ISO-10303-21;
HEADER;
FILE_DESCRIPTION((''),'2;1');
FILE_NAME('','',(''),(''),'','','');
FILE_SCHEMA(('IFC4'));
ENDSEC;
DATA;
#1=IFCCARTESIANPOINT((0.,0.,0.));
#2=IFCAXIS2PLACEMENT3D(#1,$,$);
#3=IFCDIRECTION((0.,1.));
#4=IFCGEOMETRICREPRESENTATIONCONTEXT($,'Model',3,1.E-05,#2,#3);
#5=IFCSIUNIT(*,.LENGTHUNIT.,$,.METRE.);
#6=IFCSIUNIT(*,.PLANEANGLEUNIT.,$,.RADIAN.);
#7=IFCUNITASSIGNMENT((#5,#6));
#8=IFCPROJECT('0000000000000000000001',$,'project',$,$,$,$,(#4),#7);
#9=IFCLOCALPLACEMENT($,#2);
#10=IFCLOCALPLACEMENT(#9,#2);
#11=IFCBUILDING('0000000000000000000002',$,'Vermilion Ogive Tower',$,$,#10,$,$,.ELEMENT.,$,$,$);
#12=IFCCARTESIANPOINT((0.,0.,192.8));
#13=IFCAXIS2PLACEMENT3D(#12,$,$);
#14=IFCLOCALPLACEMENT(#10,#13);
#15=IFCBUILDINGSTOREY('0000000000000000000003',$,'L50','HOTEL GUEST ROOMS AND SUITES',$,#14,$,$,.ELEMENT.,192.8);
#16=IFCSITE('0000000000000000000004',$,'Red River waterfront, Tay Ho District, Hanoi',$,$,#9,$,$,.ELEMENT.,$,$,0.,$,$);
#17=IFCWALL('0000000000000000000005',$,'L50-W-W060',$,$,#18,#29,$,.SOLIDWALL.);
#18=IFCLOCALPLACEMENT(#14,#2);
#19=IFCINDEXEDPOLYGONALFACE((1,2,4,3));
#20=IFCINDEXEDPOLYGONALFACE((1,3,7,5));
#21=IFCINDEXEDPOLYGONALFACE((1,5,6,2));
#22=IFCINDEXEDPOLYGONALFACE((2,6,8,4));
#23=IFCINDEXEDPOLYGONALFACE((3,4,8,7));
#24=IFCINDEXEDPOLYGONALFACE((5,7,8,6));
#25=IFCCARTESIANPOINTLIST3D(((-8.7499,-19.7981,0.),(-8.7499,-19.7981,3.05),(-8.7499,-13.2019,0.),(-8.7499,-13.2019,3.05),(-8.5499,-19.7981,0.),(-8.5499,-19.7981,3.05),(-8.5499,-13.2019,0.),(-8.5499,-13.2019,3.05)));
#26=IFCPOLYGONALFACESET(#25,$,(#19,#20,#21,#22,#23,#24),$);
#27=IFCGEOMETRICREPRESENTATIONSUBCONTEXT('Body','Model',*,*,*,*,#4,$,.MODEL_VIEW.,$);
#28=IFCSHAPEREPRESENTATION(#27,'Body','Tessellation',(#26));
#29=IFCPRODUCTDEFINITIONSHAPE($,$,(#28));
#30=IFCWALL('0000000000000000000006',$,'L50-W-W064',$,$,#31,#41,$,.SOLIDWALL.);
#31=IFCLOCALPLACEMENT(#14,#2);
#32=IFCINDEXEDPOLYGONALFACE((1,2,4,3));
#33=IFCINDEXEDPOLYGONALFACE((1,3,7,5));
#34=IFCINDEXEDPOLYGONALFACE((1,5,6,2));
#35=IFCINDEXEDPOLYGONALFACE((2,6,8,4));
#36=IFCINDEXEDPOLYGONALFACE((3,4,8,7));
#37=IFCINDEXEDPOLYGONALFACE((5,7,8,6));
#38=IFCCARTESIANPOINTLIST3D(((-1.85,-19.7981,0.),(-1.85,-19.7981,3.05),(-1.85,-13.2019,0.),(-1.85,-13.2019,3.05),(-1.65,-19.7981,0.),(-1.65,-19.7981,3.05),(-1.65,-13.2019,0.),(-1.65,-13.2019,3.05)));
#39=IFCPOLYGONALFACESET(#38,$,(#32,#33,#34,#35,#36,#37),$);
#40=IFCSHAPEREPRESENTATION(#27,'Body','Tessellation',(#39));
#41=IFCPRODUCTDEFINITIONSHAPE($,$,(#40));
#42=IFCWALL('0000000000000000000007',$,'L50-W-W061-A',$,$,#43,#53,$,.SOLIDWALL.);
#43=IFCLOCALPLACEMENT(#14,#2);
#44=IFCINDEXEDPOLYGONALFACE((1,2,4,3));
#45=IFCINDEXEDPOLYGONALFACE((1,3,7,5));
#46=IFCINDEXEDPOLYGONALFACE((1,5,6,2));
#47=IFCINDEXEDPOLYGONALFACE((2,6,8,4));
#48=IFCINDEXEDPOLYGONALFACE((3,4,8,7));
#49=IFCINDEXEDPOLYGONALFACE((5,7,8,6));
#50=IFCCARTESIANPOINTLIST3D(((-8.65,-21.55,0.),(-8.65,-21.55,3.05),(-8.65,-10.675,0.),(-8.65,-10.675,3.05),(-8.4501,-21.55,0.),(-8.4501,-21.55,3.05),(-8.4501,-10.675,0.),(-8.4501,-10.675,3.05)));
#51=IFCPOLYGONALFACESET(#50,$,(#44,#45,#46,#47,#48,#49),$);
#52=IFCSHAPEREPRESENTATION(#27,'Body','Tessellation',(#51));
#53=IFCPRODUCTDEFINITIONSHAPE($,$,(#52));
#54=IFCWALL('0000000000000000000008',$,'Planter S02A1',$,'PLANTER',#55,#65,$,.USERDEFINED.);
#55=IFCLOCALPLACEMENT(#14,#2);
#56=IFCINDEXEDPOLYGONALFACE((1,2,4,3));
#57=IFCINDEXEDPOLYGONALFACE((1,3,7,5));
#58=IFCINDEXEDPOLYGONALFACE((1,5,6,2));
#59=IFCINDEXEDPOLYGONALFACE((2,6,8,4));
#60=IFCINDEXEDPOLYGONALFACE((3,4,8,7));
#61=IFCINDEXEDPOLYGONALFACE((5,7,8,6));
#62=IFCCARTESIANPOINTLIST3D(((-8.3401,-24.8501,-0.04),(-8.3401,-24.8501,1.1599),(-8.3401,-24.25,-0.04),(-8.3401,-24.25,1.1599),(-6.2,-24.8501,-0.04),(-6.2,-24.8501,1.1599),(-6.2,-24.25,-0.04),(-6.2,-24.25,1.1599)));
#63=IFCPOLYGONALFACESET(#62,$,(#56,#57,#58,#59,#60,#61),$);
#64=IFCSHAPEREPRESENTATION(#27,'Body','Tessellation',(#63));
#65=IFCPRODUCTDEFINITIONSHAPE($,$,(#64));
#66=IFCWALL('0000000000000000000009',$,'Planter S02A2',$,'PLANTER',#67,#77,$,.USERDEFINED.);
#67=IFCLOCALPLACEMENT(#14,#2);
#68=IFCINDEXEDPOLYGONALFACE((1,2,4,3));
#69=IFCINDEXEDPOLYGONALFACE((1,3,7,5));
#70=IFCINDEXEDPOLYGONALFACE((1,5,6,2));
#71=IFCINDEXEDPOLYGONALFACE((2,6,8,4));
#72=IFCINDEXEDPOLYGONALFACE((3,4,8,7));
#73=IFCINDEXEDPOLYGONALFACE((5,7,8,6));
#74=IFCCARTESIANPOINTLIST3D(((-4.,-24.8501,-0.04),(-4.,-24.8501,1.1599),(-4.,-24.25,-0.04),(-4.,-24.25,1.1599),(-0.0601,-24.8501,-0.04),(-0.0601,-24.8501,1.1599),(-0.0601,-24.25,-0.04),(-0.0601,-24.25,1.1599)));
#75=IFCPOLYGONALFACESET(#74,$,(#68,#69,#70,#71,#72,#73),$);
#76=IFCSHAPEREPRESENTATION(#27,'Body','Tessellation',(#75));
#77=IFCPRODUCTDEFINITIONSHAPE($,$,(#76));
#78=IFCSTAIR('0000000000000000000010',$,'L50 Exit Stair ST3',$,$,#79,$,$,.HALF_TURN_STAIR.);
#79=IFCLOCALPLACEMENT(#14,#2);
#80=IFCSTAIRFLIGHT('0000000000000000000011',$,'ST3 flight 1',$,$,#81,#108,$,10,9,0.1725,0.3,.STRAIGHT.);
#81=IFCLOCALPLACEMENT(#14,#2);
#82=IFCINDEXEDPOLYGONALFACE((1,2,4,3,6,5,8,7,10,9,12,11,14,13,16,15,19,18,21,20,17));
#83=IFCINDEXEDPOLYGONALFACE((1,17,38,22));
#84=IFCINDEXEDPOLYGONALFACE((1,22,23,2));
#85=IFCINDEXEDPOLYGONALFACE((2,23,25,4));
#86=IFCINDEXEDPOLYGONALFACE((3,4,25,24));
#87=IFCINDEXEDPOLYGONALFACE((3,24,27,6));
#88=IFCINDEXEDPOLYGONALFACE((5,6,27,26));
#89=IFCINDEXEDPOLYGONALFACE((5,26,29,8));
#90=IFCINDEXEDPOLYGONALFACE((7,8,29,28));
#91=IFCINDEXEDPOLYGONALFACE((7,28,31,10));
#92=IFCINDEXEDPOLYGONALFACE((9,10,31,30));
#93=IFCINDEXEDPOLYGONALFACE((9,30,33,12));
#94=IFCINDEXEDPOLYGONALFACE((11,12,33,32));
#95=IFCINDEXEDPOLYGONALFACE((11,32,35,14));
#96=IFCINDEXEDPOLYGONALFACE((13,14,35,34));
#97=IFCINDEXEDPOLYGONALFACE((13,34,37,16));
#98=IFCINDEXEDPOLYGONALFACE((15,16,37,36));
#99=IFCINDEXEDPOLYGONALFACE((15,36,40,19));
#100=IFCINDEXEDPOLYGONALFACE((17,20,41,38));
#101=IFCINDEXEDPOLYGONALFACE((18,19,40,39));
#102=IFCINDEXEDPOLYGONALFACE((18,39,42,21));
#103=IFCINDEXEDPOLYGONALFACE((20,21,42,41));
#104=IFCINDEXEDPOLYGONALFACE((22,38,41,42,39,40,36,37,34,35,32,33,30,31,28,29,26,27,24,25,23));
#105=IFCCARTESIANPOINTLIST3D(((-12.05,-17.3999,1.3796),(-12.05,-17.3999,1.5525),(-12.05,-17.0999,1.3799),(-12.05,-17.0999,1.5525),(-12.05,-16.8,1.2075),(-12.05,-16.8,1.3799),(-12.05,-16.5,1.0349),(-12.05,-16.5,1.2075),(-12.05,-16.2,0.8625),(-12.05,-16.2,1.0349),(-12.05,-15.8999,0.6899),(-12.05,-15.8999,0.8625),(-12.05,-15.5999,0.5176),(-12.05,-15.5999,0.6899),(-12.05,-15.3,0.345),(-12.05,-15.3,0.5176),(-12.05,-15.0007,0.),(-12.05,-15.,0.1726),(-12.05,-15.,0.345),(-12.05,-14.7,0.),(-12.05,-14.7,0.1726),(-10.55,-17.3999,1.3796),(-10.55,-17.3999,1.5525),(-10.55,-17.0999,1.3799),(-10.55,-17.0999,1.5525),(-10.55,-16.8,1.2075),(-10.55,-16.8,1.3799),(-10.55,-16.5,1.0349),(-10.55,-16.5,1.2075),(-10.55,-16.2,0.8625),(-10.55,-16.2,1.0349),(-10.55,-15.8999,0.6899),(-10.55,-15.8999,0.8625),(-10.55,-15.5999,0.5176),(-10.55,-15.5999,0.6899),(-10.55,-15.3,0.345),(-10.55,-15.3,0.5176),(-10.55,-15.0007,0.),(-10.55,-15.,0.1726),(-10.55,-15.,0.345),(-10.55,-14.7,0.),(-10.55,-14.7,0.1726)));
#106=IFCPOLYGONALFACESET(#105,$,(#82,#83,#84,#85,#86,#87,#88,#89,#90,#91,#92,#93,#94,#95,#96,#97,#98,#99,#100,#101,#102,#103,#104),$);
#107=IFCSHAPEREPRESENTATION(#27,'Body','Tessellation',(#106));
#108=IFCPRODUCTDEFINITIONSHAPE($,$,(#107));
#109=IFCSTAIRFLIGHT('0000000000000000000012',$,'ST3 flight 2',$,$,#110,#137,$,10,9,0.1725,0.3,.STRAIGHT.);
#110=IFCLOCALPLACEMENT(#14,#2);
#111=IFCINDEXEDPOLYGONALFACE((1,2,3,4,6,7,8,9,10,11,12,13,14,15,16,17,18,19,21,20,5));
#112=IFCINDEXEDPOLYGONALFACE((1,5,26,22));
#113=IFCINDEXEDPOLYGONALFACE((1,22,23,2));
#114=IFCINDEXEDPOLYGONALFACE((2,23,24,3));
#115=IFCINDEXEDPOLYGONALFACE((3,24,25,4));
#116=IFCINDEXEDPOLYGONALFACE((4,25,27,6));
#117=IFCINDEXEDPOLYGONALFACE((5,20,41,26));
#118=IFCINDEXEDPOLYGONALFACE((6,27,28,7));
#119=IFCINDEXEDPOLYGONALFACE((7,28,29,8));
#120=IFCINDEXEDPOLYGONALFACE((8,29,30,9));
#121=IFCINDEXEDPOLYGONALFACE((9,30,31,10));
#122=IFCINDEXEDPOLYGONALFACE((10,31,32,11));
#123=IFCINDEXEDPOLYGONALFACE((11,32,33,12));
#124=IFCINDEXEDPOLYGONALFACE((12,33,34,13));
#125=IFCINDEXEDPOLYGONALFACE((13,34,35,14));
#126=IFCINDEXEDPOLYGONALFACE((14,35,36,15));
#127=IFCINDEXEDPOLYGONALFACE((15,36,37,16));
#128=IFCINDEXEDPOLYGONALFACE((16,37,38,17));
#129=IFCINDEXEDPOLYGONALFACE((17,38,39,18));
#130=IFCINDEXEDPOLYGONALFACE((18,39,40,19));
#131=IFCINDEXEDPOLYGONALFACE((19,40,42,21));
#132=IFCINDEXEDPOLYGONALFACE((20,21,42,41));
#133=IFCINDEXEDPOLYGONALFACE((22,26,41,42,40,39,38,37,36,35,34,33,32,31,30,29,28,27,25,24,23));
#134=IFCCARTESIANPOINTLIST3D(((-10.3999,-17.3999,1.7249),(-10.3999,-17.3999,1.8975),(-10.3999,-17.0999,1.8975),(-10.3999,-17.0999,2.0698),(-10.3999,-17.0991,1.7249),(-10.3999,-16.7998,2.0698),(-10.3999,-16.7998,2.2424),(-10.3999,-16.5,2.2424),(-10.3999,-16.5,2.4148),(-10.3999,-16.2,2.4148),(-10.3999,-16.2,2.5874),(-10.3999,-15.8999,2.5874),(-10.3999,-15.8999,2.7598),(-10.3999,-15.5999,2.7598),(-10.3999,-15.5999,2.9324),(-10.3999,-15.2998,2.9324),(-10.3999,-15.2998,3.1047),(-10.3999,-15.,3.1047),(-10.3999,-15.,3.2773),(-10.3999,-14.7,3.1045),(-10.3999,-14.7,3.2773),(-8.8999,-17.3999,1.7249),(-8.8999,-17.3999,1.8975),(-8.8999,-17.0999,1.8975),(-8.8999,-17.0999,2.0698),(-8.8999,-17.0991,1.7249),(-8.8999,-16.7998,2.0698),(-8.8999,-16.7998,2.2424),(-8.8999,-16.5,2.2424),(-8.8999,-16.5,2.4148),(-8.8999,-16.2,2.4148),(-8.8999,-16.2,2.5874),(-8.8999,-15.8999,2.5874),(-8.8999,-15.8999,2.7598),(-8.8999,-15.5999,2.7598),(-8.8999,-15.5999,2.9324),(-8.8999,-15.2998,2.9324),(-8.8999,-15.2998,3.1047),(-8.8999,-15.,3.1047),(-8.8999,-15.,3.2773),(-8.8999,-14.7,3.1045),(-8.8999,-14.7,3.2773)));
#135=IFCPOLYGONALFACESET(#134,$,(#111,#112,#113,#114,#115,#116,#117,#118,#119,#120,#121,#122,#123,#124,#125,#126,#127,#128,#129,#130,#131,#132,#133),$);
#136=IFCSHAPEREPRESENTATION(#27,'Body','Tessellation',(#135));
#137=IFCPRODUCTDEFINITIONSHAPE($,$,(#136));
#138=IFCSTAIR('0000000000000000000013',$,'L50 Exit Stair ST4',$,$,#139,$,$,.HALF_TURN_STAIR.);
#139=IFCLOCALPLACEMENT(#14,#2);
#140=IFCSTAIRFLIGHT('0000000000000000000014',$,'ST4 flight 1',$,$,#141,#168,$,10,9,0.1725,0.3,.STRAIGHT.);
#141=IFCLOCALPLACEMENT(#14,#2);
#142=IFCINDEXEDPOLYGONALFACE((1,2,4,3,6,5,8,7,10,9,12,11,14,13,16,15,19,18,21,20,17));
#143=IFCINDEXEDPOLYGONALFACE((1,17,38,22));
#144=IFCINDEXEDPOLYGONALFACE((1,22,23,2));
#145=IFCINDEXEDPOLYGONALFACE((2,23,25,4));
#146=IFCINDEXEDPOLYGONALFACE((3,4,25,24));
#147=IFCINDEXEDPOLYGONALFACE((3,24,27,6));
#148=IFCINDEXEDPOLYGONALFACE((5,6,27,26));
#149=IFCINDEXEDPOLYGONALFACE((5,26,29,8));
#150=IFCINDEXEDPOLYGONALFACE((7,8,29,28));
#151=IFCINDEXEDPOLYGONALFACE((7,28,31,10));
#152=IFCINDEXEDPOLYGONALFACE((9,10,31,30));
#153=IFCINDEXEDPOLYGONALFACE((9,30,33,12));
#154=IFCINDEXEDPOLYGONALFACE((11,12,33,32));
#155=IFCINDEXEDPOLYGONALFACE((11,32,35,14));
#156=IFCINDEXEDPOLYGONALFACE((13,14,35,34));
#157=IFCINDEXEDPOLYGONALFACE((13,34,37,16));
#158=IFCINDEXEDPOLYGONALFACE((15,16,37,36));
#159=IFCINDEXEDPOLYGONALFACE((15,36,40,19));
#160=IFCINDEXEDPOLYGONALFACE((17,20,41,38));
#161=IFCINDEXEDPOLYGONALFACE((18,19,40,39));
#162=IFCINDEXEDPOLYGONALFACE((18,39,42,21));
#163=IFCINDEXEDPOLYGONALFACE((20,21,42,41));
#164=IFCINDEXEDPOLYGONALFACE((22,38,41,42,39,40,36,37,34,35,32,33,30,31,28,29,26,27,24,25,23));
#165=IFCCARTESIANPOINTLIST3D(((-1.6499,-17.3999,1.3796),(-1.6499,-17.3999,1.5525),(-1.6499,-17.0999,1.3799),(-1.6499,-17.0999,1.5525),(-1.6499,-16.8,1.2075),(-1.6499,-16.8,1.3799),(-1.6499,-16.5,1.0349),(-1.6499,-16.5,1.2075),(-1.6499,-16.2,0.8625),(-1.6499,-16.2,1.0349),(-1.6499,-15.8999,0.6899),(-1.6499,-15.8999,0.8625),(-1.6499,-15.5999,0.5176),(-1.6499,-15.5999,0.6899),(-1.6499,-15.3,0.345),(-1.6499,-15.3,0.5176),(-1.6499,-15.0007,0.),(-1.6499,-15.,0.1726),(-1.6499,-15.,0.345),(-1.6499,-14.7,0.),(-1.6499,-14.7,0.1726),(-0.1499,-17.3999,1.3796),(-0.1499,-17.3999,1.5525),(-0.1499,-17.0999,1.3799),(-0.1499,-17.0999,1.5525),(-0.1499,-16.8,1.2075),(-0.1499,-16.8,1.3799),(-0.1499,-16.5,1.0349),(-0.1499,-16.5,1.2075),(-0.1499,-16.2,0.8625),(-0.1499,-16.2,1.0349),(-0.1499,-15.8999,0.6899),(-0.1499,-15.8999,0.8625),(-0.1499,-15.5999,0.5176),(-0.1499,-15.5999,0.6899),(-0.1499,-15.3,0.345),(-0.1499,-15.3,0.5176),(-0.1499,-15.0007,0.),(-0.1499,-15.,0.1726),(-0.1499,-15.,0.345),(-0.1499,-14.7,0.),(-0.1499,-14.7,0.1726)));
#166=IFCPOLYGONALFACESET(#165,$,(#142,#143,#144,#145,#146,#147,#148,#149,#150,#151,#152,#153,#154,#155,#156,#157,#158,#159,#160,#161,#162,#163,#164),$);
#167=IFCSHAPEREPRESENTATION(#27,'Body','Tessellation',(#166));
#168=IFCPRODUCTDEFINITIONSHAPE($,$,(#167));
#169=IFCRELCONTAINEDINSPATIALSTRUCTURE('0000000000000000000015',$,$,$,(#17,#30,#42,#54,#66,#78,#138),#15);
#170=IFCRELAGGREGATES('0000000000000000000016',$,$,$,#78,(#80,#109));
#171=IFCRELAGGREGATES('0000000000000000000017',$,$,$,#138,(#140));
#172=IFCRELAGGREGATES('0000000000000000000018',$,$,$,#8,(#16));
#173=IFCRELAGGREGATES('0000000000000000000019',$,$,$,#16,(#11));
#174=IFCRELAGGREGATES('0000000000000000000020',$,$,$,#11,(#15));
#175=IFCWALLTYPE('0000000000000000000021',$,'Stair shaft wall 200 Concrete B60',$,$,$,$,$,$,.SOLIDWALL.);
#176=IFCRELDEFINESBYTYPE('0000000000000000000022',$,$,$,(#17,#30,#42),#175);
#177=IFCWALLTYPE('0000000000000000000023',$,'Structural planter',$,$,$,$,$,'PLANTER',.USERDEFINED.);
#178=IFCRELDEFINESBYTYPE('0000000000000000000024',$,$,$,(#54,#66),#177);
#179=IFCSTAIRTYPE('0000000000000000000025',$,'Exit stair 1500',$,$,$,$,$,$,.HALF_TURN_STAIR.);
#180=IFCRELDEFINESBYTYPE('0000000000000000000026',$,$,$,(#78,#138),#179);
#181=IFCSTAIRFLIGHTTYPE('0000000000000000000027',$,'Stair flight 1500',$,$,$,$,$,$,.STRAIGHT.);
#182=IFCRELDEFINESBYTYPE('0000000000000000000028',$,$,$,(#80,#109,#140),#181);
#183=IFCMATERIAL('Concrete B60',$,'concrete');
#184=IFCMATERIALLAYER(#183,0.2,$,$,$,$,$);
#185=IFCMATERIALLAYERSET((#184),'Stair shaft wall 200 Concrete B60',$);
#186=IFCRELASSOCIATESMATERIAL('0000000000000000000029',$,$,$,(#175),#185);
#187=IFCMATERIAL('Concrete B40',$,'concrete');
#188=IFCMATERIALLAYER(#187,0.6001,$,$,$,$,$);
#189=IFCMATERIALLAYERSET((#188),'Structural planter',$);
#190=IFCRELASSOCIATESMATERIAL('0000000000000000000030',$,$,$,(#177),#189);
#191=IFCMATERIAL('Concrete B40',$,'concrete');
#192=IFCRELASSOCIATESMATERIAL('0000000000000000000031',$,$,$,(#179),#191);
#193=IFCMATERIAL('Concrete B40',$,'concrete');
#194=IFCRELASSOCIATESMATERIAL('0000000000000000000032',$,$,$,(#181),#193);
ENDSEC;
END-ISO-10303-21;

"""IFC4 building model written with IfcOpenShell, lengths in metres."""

from ifc_helpers import new_model, si_unit, direction, frame, frame_2d, origin, place, context, subcontext, project, spatial, polyline, rectangle, outline, extrude, material, layer, layer_set, type_object, element, aggregate, save


model = new_model("IFC4")

# Units and contexts
model_context = context("Model", 3, precision=1e-05, world=origin(), true_north=direction((0.0, 1.0)))
body_context = subcontext(model_context, "Body", "Model", "MODEL_VIEW")
ifc_project = project(units=[si_unit("LENGTHUNIT", "METRE"), si_unit("PLANEANGLEUNIT", "RADIAN")], contexts=[model_context])

# Site, building, storey
site_placement = place(None, origin())
site = spatial("IfcSite", under=ifc_project, at=site_placement, Name="Red River waterfront, Tay Ho District, Hanoi", CompositionType="ELEMENT", RefElevation=0.0)
building_placement = place(site_placement, origin())
building = spatial("IfcBuilding", under=site, at=building_placement, Name="Vermilion Ogive Tower", CompositionType="ELEMENT")
storey_placement = place(building_placement, frame((0.0, 0.0, 192.8)))
storey = spatial("IfcBuildingStorey", under=building, at=storey_placement, Name="L50", Description="HOTEL GUEST ROOMS AND SUITES", CompositionType="ELEMENT", Elevation=192.8)

# Shared definitions
ifc_material_1 = material(Name="Concrete B60", Category="concrete")
ifc_layer_1 = layer(ifc_material_1, 0.2)
ifc_layer_set_1 = layer_set([ifc_layer_1], Name="Stair shaft wall 200 Concrete B60")
wall_type_1 = type_object("IfcWallType", Name="Stair shaft wall 200 Concrete B60", PredefinedType="SOLIDWALL", material=ifc_layer_set_1)

# Walls
for number, where, z_axis, x_axis, name in (
    (1, (-8.6499, -19.7981, 0.0), (0.0, 0.0, 1.0), (0.0, 1.0, 0.0), "L50-W-W060"),
    (2, (-1.75, -19.7981, 0.0), (0.0, 0.0, 1.0), (0.0, 1.0, 0.0), "L50-W-W064"),
):
    element("IfcWall", number, at=place(storey_placement, frame(where, z_axis=z_axis, x_axis=x_axis)), inside=storey, type_object=wall_type_1, Name=name, PredefinedType="SOLIDWALL", context=body_context, shape_type="SweptSolid", body=[
        extrude(rectangle(XDim=6.5962, YDim=0.2, at=frame_2d((3.2981, 0.0))), origin(), (0.0, 0.0, 1.0), 3.05),
    ])
wall_1_placement = place(storey_placement, frame((-8.55, -21.55, 0.0), z_axis=(0.0, 0.0, 1.0), x_axis=(0.0, 1.0, 0.0)))
element("IfcWall", 3, at=wall_1_placement, inside=storey, type_object=wall_type_1, Name="L50-W-W061-A", PredefinedType="SOLIDWALL", context=body_context, shape_type="SweptSolid", body=[
    extrude(rectangle(XDim=10.875, YDim=0.2, at=frame_2d((5.4375, 0.0))), origin(), (0.0, 0.0, 1.0), 3.05),
])
ifc_material_2 = material(Name="Concrete B40", Category="concrete")
ifc_layer_2 = layer(ifc_material_2, 0.6001)
ifc_layer_set_2 = layer_set([ifc_layer_2], Name="Structural planter")
wall_type_2 = type_object("IfcWallType", Name="Structural planter", ElementType="PLANTER", PredefinedType="USERDEFINED", material=ifc_layer_set_2)
wall_2_placement = place(storey_placement, frame((-8.3401, -24.55, -0.04), z_axis=(0.0, 0.0, 1.0), x_axis=(1.0, 0.0, 0.0)))
element("IfcWall", 4, at=wall_2_placement, inside=storey, type_object=wall_type_2, Name="Planter S02A1", ObjectType="PLANTER", PredefinedType="USERDEFINED", context=body_context, shape_type="SweptSolid", body=[
    extrude(rectangle(XDim=2.1401, YDim=0.6001, at=frame_2d((1.0701, 0.0))), origin(), (0.0, 0.0, 1.0), 1.2),
])
wall_3_placement = place(storey_placement, frame((-4.0, -24.55, -0.04), z_axis=(0.0, 0.0, 1.0), x_axis=(1.0, 0.0, 0.0)))
element("IfcWall", 5, at=wall_3_placement, inside=storey, type_object=wall_type_2, Name="Planter S02A2", ObjectType="PLANTER", PredefinedType="USERDEFINED", context=body_context, shape_type="SweptSolid", body=[
    extrude(rectangle(XDim=3.9399, YDim=0.6001, at=frame_2d((1.97, 0.0))), origin(), (0.0, 0.0, 1.0), 1.2),
])

# Stair, stair flights
ifc_material_3 = material(Name="Concrete B40", Category="concrete")
stair_type = type_object("IfcStairType", Name="Exit stair 1500", PredefinedType="HALF_TURN_STAIR", material=ifc_material_3)
stair_1_placement = place(storey_placement, origin())
stair_1 = element("IfcStair", 6, at=stair_1_placement, inside=storey, type_object=stair_type, Name="L50 Exit Stair ST3", PredefinedType="HALF_TURN_STAIR")
ifc_material_4 = material(Name="Concrete B40", Category="concrete")
stair_flight_type = type_object("IfcStairFlightType", Name="Stair flight 1500", PredefinedType="STRAIGHT", material=ifc_material_4)
stair_flight_1_placement = place(storey_placement, frame((-11.3, -14.7, 0.0), z_axis=(0.0, 0.0, 1.0), x_axis=(0.0, -1.0, 0.0)))
stair_flight_1 = element("IfcStairFlight", 7, at=stair_flight_1_placement, type_object=stair_flight_type, Name="ST3 flight 1", NumberOfRisers=10, NumberOfTreads=9, PredefinedType="STRAIGHT", RiserHeight=0.1725, TreadLength=0.3, context=body_context, shape_type="SweptSolid", body=[
    extrude(outline(polyline([(0.0, 0.0), (0.0, 0.1726), (0.3, 0.1726), (0.3, 0.345), (0.6001, 0.345), (0.6001, 0.5176), (0.8999, 0.5176), (0.8999, 0.6899), (1.2, 0.6899), (1.2, 0.8625), (1.5, 0.8625), (1.5, 1.0349), (1.8, 1.0349), (1.8, 1.2075), (2.1001, 1.2075), (2.1001, 1.3799), (2.3999, 1.3799), (2.3999, 1.5525), (2.7, 1.5525), (2.7, 1.7251), (2.7, 1.3796), (0.3008, 0.0), (0.0, 0.0)])), frame((0.0, 0.75, 0.0), z_axis=(0.0, -1.0, 0.0), x_axis=(1.0, 0.0, 0.0)), (0.0, 0.0, 1.0), 1.5),
])
stair_flight_2_placement = place(storey_placement, frame((-9.6499, -17.3999, 1.7249), z_axis=(0.0, 0.0, 1.0), x_axis=(0.0, 1.0, 0.0)))
stair_flight_2 = element("IfcStairFlight", 8, at=stair_flight_2_placement, type_object=stair_flight_type, Name="ST3 flight 2", NumberOfRisers=10, NumberOfTreads=9, PredefinedType="STRAIGHT", RiserHeight=0.1725, TreadLength=0.3, context=body_context, shape_type="SweptSolid", body=[
    extrude(outline(polyline([(0.0, 0.0), (0.0, 0.1726), (0.3, 0.1726), (0.3, 0.345), (0.6001, 0.345), (0.6001, 0.5176), (0.8999, 0.5176), (0.8999, 0.6899), (1.2, 0.6899), (1.2, 0.8625), (1.5, 0.8625), (1.5, 1.0349), (1.8, 1.0349), (1.8, 1.2075), (2.1001, 1.2075), (2.1001, 1.3799), (2.3999, 1.3799), (2.3999, 1.5525), (2.7, 1.5525), (2.7, 1.7251), (2.7, 1.3796), (0.3008, 0.0), (0.0, 0.0)])), frame((0.0, 0.75, 0.0), z_axis=(0.0, -1.0, 0.0), x_axis=(1.0, 0.0, 0.0)), (0.0, 0.0, 1.0), 1.5),
])
aggregate(stair_1, [stair_flight_1, stair_flight_2])

# Stair, stair flight
stair_2_placement = place(storey_placement, origin())
stair_2 = element("IfcStair", 9, at=stair_2_placement, inside=storey, type_object=stair_type, Name="L50 Exit Stair ST4", PredefinedType="HALF_TURN_STAIR")
stair_flight_3_placement = place(storey_placement, frame((-0.8999, -14.7, 0.0), z_axis=(0.0, 0.0, 1.0), x_axis=(0.0, -1.0, 0.0)))
stair_flight_3 = element("IfcStairFlight", 10, at=stair_flight_3_placement, type_object=stair_flight_type, Name="ST4 flight 1", NumberOfRisers=10, NumberOfTreads=9, PredefinedType="STRAIGHT", RiserHeight=0.1725, TreadLength=0.3, context=body_context, shape_type="SweptSolid", body=[
    extrude(outline(polyline([(0.0, 0.0), (0.0, 0.1726), (0.3, 0.1726), (0.3, 0.345), (0.6001, 0.345), (0.6001, 0.5176), (0.8999, 0.5176), (0.8999, 0.6899), (1.2, 0.6899), (1.2, 0.8625), (1.5, 0.8625), (1.5, 1.0349), (1.8, 1.0349), (1.8, 1.2075), (2.1001, 1.2075), (2.1001, 1.3799), (2.3999, 1.3799), (2.3999, 1.5525), (2.7, 1.5525), (2.7, 1.7251), (2.7, 1.3796), (0.3008, 0.0), (0.0, 0.0)])), frame((0.0, 0.75, 0.0), z_axis=(0.0, -1.0, 0.0), x_axis=(1.0, 0.0, 0.0)), (0.0, 0.0, 1.0), 1.5),
])
aggregate(stair_2, [stair_flight_3])

save(model, "model.ifc")
